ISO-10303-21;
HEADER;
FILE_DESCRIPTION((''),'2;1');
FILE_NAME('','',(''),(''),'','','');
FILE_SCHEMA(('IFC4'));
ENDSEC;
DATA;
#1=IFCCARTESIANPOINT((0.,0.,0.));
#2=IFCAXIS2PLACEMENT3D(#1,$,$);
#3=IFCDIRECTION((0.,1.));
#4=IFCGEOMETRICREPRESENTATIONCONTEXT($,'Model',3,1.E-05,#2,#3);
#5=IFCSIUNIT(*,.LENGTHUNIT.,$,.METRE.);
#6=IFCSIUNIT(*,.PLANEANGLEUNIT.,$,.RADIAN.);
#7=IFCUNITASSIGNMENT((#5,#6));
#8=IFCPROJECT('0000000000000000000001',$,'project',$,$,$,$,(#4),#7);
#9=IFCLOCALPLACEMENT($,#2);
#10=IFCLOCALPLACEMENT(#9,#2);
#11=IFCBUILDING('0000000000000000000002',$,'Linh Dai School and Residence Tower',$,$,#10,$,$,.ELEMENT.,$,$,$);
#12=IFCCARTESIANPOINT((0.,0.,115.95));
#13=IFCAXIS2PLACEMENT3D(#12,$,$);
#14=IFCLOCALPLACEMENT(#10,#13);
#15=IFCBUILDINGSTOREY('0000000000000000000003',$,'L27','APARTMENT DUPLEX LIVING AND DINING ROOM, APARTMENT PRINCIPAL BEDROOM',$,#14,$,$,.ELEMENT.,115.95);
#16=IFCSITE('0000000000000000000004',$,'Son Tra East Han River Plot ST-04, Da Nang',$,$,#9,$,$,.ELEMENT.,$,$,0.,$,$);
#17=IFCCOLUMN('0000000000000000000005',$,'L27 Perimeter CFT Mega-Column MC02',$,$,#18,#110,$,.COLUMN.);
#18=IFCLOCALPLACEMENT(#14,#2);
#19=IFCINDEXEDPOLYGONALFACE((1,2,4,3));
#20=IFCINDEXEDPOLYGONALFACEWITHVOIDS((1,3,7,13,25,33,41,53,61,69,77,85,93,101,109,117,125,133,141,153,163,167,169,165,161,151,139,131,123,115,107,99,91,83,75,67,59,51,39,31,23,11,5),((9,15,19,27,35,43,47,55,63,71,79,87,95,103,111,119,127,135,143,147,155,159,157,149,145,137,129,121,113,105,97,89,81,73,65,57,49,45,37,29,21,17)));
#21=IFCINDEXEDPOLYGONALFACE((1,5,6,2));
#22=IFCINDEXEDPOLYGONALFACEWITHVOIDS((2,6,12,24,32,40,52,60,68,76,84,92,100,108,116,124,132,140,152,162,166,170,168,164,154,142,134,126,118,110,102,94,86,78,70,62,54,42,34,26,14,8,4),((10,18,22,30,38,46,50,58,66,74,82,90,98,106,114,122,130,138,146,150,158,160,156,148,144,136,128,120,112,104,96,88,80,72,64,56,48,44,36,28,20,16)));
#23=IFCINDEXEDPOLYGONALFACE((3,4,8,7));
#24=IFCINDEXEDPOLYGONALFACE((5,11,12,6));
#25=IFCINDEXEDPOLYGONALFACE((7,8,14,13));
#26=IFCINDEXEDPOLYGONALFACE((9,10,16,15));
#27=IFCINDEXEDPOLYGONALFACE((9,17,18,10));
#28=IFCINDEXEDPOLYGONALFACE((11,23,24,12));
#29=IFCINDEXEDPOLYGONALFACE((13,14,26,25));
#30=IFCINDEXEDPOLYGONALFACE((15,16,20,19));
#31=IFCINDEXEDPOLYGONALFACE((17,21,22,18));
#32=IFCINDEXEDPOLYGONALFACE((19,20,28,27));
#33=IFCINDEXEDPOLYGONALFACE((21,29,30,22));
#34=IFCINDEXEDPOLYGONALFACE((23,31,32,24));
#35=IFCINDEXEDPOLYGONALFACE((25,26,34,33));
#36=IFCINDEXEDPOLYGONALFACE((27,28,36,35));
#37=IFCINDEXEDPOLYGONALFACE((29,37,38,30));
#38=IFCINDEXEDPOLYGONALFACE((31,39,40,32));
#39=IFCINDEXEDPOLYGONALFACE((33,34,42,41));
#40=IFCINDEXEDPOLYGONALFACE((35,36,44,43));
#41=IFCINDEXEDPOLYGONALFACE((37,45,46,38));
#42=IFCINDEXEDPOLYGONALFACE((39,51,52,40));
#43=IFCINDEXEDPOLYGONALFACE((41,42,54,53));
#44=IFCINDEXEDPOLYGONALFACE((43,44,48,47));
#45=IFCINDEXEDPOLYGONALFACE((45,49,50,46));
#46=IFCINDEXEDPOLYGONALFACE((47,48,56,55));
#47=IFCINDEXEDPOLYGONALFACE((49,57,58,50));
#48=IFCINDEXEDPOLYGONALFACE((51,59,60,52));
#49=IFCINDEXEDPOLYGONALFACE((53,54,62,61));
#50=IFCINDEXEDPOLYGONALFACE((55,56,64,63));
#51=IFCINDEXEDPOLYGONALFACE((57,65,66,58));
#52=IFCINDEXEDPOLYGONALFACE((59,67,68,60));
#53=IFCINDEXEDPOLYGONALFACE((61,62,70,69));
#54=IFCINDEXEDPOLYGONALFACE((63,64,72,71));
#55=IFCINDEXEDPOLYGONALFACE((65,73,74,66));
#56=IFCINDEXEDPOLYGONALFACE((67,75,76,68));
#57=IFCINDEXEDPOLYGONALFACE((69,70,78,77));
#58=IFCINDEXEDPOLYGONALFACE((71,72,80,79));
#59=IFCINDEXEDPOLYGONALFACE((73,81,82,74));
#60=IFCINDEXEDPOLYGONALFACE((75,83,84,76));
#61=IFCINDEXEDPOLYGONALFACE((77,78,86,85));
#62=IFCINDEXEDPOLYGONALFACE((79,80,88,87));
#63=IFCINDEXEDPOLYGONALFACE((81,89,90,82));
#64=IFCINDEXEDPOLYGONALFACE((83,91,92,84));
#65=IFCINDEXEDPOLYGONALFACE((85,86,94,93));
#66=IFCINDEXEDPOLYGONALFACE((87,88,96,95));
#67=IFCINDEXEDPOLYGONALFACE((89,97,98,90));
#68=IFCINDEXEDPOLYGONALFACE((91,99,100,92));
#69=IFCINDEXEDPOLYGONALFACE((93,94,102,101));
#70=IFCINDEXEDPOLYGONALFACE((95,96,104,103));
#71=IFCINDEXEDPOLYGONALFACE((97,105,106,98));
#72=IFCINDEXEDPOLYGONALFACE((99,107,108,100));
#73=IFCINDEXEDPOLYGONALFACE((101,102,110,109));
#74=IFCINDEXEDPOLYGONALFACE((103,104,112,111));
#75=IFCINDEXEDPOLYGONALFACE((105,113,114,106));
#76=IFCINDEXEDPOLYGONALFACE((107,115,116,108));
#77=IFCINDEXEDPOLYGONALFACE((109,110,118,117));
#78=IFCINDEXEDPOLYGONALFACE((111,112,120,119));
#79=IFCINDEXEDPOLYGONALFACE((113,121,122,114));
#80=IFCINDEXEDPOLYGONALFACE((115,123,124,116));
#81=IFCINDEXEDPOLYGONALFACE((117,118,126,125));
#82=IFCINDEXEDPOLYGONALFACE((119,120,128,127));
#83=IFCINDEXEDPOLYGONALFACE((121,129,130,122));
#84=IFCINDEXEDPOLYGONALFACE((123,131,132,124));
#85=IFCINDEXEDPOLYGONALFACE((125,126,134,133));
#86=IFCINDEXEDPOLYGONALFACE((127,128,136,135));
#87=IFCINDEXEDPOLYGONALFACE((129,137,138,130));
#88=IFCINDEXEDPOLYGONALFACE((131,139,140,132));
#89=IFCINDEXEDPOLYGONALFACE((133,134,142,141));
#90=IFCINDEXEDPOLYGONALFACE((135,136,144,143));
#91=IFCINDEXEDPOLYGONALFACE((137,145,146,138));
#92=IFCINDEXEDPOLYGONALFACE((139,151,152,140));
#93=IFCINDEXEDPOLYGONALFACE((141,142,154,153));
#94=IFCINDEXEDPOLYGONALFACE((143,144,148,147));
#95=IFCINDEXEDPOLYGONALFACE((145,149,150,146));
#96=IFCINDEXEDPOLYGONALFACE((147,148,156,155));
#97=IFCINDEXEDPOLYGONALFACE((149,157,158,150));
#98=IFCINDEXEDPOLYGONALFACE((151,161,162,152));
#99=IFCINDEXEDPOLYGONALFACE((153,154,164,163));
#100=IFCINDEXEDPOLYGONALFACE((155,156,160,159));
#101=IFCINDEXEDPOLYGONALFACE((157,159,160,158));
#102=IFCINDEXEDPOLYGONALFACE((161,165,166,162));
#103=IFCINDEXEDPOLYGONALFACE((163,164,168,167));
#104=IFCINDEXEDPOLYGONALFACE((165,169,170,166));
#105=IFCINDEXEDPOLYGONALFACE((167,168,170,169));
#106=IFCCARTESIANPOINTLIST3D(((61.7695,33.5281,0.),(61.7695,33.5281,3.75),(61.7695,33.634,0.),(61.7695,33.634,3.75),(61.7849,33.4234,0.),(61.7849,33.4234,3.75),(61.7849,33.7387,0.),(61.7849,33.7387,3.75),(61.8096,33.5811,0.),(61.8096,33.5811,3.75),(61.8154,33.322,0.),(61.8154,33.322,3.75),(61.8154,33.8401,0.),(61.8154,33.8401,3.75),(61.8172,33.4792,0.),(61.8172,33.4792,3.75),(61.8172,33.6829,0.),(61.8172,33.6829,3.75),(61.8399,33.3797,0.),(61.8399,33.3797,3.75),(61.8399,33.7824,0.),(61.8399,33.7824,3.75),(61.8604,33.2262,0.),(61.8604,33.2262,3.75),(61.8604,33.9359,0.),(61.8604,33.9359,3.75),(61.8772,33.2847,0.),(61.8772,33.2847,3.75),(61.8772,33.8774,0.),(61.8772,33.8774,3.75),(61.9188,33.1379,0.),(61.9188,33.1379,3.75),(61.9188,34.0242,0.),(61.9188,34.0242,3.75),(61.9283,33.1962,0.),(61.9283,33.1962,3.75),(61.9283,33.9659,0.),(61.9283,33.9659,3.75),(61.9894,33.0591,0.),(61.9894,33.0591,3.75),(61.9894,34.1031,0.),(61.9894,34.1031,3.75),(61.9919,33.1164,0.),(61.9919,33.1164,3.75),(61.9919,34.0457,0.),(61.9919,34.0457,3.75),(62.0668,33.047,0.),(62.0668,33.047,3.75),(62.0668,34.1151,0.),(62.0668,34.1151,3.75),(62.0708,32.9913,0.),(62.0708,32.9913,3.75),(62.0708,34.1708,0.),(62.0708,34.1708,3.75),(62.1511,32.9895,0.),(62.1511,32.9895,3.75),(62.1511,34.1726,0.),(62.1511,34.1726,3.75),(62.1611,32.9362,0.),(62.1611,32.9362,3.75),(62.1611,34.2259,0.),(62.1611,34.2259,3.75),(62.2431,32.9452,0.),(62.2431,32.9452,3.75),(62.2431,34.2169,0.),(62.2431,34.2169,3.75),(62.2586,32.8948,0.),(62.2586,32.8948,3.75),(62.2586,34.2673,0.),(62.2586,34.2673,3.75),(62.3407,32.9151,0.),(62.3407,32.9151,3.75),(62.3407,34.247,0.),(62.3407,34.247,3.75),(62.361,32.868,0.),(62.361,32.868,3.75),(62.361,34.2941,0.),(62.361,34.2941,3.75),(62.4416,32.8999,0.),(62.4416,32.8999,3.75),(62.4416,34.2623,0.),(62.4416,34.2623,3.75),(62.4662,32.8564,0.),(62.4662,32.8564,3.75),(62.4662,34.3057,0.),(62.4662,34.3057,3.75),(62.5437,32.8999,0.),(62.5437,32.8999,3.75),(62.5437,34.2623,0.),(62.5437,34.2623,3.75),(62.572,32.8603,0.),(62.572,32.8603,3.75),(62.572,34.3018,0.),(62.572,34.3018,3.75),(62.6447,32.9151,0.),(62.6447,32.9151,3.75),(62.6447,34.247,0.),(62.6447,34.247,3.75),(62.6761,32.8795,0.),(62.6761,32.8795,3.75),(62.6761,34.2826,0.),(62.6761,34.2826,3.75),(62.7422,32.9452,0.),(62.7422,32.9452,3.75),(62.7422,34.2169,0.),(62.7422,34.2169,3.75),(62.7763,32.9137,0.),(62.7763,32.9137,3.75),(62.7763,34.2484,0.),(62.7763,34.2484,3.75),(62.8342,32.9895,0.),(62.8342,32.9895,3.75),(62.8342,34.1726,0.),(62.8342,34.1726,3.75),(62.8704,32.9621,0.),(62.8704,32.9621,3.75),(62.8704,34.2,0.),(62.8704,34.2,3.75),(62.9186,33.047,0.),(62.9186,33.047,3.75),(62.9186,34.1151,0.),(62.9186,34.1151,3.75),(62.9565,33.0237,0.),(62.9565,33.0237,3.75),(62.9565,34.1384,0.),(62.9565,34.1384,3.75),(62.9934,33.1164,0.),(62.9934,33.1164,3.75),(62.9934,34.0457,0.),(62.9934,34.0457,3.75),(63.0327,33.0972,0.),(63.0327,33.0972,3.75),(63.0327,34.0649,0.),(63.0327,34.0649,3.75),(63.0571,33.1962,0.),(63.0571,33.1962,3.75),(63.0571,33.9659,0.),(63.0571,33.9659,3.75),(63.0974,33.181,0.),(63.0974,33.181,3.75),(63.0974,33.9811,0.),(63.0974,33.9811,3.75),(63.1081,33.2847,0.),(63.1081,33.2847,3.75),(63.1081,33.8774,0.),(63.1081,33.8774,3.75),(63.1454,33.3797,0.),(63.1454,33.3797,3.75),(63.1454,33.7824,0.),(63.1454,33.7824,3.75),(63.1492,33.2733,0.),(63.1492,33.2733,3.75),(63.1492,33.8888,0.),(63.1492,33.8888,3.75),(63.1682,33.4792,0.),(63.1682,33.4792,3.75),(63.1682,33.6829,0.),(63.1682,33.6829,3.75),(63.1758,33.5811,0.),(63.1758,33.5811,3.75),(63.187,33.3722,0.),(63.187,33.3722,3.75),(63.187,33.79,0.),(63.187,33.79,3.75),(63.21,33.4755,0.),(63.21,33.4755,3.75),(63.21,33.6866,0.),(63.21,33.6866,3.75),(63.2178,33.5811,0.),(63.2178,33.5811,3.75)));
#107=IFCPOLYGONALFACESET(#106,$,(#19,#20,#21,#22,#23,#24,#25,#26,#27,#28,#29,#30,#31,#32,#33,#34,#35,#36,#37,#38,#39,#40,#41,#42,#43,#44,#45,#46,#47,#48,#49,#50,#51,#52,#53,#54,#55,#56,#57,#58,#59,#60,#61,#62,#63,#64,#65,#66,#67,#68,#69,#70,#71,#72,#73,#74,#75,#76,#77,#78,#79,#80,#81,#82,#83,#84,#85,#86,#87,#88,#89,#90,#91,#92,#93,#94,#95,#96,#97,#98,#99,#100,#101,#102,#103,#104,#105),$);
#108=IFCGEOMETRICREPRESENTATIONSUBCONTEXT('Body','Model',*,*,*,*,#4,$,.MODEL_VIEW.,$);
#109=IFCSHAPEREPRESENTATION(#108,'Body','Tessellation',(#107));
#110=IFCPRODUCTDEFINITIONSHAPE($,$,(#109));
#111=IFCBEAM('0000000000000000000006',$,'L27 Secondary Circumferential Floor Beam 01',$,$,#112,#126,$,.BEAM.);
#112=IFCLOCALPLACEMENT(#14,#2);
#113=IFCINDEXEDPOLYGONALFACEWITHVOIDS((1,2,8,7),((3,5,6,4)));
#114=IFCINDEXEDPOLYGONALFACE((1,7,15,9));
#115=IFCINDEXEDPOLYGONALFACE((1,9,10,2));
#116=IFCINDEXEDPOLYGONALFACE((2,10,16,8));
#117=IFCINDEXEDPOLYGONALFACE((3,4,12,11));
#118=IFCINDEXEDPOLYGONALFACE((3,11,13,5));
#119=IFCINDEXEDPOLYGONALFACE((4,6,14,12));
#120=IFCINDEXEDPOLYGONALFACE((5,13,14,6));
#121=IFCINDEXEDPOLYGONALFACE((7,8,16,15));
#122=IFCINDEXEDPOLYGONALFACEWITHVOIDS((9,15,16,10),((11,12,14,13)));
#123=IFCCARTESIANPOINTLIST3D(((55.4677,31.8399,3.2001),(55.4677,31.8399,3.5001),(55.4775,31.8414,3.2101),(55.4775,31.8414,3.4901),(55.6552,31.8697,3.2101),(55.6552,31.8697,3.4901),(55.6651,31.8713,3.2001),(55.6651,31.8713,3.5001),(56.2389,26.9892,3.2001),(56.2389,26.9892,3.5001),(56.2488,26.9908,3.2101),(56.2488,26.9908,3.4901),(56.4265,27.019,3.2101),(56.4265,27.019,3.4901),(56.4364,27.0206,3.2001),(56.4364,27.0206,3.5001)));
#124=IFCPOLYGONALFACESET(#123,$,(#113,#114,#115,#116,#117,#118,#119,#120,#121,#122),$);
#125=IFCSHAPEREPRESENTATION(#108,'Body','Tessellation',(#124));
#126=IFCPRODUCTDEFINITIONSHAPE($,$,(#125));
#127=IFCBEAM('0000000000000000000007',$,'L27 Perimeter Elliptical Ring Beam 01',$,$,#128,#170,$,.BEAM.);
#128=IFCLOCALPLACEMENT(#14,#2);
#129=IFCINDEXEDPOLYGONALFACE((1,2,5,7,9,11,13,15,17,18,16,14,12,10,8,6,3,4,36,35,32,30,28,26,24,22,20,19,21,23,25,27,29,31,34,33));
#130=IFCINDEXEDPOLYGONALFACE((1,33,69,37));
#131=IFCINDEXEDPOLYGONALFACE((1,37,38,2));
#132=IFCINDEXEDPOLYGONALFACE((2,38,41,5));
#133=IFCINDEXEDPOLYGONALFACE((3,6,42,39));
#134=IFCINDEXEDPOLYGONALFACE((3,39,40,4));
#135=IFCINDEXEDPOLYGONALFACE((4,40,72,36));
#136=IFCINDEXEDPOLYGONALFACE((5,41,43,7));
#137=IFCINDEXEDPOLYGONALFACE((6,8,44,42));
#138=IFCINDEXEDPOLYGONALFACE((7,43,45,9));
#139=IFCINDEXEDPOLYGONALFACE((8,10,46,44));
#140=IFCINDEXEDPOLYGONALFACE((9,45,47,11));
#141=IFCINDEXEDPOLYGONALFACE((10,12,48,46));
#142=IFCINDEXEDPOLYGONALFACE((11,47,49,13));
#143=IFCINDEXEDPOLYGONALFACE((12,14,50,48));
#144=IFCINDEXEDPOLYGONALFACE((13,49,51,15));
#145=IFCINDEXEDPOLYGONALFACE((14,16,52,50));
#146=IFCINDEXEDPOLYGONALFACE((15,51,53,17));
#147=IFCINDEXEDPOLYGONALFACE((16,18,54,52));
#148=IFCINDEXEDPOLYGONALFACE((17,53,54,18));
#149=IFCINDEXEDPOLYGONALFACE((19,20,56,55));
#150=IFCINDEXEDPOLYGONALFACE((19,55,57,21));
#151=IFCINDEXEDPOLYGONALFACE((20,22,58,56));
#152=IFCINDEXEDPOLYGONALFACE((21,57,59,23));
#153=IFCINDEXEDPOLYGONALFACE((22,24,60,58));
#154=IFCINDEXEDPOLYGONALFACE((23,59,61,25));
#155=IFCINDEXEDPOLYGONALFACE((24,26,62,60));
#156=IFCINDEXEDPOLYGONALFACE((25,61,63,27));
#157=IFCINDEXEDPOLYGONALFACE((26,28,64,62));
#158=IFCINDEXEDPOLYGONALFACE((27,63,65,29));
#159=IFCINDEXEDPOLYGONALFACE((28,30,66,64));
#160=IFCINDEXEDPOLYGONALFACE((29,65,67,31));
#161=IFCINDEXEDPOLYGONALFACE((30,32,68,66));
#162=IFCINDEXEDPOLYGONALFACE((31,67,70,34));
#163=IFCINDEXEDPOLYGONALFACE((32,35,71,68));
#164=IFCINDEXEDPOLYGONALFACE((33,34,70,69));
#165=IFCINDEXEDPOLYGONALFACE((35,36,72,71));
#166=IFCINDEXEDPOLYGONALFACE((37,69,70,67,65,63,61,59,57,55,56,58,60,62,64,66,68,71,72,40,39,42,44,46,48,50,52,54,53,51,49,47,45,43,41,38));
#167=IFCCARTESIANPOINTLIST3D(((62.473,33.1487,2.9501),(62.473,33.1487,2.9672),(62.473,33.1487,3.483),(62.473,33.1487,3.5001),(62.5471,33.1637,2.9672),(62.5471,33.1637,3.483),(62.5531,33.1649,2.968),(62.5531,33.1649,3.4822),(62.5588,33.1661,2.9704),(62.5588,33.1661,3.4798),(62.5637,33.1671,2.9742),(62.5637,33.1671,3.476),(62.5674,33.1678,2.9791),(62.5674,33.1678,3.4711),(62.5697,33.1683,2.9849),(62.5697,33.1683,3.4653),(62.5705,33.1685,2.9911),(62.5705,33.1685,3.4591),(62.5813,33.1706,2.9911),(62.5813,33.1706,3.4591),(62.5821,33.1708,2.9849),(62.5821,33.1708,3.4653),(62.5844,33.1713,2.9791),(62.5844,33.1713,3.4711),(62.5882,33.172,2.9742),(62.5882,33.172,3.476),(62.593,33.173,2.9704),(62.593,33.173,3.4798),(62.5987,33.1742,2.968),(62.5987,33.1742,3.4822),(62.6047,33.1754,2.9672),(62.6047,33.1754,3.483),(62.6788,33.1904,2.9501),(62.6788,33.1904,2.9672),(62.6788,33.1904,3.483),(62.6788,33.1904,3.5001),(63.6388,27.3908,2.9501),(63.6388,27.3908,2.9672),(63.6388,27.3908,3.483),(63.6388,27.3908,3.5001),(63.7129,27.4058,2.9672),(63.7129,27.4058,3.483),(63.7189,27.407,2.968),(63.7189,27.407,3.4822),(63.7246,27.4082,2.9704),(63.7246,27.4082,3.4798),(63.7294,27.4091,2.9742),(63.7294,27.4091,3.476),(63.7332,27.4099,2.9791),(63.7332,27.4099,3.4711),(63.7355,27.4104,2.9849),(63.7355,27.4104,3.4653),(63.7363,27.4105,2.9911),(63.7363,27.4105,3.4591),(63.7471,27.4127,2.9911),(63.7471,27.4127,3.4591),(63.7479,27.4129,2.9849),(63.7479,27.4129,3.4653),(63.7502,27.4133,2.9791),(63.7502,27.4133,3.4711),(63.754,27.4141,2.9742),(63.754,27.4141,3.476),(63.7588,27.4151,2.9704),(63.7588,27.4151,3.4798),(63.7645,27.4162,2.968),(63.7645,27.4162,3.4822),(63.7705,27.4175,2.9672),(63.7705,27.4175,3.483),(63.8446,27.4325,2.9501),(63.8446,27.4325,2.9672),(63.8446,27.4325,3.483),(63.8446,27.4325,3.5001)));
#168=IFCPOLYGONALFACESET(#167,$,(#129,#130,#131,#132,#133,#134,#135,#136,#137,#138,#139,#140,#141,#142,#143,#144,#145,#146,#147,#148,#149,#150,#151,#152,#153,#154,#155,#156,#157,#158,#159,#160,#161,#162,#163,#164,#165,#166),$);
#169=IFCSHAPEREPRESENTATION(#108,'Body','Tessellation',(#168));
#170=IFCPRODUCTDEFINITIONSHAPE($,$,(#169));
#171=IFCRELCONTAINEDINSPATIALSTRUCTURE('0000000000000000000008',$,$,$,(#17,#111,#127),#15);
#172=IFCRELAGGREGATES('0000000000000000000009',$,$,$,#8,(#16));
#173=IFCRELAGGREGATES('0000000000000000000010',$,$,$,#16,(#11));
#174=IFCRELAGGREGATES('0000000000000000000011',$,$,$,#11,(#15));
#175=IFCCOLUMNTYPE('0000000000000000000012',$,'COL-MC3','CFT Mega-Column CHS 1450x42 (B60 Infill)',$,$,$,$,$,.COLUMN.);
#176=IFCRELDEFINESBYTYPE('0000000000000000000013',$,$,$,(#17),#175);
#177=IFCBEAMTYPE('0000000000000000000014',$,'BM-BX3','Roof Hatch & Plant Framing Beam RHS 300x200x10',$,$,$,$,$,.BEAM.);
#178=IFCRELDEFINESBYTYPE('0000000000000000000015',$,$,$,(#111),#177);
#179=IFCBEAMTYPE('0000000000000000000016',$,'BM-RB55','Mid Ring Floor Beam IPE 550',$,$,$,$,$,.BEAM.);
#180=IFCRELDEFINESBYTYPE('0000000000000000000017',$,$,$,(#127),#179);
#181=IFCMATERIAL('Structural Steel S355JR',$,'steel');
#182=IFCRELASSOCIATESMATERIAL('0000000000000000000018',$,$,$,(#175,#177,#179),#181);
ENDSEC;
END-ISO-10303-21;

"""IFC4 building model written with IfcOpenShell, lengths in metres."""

from ifc_helpers import new_model, si_unit, direction, frame, origin, origin_2d, place, context, subcontext, project, spatial, hollow_rectangle, hollow_circle, i_section, extrude, material, material_profile, profile_set, type_object, element, save


model = new_model("IFC4")

# Units and contexts
model_context = context("Model", 3, precision=1e-05, world=origin(), true_north=direction((0.0, 1.0)))
body_context = subcontext(model_context, "Body", "Model", "MODEL_VIEW")
ifc_project = project(units=[si_unit("LENGTHUNIT", "METRE"), si_unit("PLANEANGLEUNIT", "RADIAN")], contexts=[model_context])

# Site, building, storey
site_placement = place(None, origin())
site = spatial("IfcSite", under=ifc_project, at=site_placement, Name="Son Tra East Han River Plot ST-04, Da Nang", CompositionType="ELEMENT", RefElevation=0.0)
building_placement = place(site_placement, origin())
building = spatial("IfcBuilding", under=site, at=building_placement, Name="Linh Dai School and Residence Tower", CompositionType="ELEMENT")
storey_placement = place(building_placement, frame((0.0, 0.0, 115.95)))
storey = spatial("IfcBuildingStorey", under=building, at=storey_placement, Name="L27", Description="APARTMENT DUPLEX LIVING AND DINING ROOM, APARTMENT PRINCIPAL BEDROOM", CompositionType="ELEMENT", Elevation=115.95)

# Column
ifc_material_1 = material(Name="Structural Steel S355JR", Category="steel")
ifc_material_profile_1 = material_profile(ifc_material_1, hollow_circle(Radius=0.7251, WallThickness=0.042, at=origin_2d()), Name="CHS 1450x42")
ifc_profile_set_1 = profile_set([ifc_material_profile_1], Name="Structural Steel S355JR")
column_type_1 = type_object("IfcColumnType", Name="COL-MC3", Description="CFT Mega-Column CHS 1450x42 (B60 Infill)", PredefinedType="COLUMN", material=ifc_profile_set_1)
for number, where, z_axis, x_axis, name in (
    (1, (62.4927, 33.5811, 0.0), (0.0, 0.0, 1.0), (1.0, 0.0, 0.0), "L27 Perimeter CFT Mega-Column MC02"),
):
    element("IfcColumn", number, at=place(storey_placement, frame(where, z_axis=z_axis, x_axis=x_axis)), inside=storey, type_object=column_type_1, Name=name, PredefinedType="COLUMN", context=body_context, shape_type="SweptSolid", body=[
        extrude(hollow_circle(Radius=0.7251, WallThickness=0.042, at=origin_2d()), origin(), (0.0, 0.0, 1.0), 3.75),
    ])

# Beams
ifc_material_profile_2 = material_profile(ifc_material_1, hollow_rectangle(XDim=0.2, YDim=0.3, WallThickness=0.01, at=origin_2d()), Name="RHS 300x200x10")
ifc_profile_set_2 = profile_set([ifc_material_profile_2], Name="Structural Steel S355JR")
beam_type_1 = type_object("IfcBeamType", Name="BM-BX3", Description="Roof Hatch & Plant Framing Beam RHS 300x200x10", PredefinedType="BEAM", material=ifc_profile_set_2)
beam_1_placement = place(storey_placement, frame((56.3376, 27.0049, 3.3501), z_axis=(-0.157027, 0.987594, 0.0), x_axis=(-0.987594, -0.157027, 0.0)))
element("IfcBeam", 2, at=beam_1_placement, inside=storey, type_object=beam_type_1, Name="L27 Secondary Circumferential Floor Beam 01", PredefinedType="BEAM", context=body_context, shape_type="SweptSolid", body=[
    extrude(hollow_rectangle(XDim=0.2, YDim=0.3, WallThickness=0.01, at=origin_2d()), origin(), (0.0, 0.0, 1.0), 4.9116),
])
ifc_material_profile_3 = material_profile(ifc_material_1, i_section(OverallWidth=0.21, OverallDepth=0.55, WebThickness=0.011, FlangeThickness=0.0171, FilletRadius=0.0239, at=origin_2d()), Name="IPE 550")
ifc_profile_set_3 = profile_set([ifc_material_profile_3], Name="Structural Steel S355JR")
beam_type_2 = type_object("IfcBeamType", Name="BM-RB55", Description="Mid Ring Floor Beam IPE 550", PredefinedType="BEAM", material=ifc_profile_set_3)
beam_2_placement = place(storey_placement, frame((63.7417, 27.4116, 3.2251), z_axis=(-0.198441, 0.980113, 0.0), x_axis=(-0.980113, -0.198441, 0.0)))
element("IfcBeam", 3, at=beam_2_placement, inside=storey, type_object=beam_type_2, Name="L27 Perimeter Elliptical Ring Beam 01", PredefinedType="BEAM", context=body_context, shape_type="SweptSolid", body=[
    extrude(i_section(OverallWidth=0.21, OverallDepth=0.55, WebThickness=0.011, FlangeThickness=0.0171, FilletRadius=0.0239, at=origin_2d()), origin(), (0.0, 0.0, 1.0), 5.8748),
])

save(model, "model.ifc")
